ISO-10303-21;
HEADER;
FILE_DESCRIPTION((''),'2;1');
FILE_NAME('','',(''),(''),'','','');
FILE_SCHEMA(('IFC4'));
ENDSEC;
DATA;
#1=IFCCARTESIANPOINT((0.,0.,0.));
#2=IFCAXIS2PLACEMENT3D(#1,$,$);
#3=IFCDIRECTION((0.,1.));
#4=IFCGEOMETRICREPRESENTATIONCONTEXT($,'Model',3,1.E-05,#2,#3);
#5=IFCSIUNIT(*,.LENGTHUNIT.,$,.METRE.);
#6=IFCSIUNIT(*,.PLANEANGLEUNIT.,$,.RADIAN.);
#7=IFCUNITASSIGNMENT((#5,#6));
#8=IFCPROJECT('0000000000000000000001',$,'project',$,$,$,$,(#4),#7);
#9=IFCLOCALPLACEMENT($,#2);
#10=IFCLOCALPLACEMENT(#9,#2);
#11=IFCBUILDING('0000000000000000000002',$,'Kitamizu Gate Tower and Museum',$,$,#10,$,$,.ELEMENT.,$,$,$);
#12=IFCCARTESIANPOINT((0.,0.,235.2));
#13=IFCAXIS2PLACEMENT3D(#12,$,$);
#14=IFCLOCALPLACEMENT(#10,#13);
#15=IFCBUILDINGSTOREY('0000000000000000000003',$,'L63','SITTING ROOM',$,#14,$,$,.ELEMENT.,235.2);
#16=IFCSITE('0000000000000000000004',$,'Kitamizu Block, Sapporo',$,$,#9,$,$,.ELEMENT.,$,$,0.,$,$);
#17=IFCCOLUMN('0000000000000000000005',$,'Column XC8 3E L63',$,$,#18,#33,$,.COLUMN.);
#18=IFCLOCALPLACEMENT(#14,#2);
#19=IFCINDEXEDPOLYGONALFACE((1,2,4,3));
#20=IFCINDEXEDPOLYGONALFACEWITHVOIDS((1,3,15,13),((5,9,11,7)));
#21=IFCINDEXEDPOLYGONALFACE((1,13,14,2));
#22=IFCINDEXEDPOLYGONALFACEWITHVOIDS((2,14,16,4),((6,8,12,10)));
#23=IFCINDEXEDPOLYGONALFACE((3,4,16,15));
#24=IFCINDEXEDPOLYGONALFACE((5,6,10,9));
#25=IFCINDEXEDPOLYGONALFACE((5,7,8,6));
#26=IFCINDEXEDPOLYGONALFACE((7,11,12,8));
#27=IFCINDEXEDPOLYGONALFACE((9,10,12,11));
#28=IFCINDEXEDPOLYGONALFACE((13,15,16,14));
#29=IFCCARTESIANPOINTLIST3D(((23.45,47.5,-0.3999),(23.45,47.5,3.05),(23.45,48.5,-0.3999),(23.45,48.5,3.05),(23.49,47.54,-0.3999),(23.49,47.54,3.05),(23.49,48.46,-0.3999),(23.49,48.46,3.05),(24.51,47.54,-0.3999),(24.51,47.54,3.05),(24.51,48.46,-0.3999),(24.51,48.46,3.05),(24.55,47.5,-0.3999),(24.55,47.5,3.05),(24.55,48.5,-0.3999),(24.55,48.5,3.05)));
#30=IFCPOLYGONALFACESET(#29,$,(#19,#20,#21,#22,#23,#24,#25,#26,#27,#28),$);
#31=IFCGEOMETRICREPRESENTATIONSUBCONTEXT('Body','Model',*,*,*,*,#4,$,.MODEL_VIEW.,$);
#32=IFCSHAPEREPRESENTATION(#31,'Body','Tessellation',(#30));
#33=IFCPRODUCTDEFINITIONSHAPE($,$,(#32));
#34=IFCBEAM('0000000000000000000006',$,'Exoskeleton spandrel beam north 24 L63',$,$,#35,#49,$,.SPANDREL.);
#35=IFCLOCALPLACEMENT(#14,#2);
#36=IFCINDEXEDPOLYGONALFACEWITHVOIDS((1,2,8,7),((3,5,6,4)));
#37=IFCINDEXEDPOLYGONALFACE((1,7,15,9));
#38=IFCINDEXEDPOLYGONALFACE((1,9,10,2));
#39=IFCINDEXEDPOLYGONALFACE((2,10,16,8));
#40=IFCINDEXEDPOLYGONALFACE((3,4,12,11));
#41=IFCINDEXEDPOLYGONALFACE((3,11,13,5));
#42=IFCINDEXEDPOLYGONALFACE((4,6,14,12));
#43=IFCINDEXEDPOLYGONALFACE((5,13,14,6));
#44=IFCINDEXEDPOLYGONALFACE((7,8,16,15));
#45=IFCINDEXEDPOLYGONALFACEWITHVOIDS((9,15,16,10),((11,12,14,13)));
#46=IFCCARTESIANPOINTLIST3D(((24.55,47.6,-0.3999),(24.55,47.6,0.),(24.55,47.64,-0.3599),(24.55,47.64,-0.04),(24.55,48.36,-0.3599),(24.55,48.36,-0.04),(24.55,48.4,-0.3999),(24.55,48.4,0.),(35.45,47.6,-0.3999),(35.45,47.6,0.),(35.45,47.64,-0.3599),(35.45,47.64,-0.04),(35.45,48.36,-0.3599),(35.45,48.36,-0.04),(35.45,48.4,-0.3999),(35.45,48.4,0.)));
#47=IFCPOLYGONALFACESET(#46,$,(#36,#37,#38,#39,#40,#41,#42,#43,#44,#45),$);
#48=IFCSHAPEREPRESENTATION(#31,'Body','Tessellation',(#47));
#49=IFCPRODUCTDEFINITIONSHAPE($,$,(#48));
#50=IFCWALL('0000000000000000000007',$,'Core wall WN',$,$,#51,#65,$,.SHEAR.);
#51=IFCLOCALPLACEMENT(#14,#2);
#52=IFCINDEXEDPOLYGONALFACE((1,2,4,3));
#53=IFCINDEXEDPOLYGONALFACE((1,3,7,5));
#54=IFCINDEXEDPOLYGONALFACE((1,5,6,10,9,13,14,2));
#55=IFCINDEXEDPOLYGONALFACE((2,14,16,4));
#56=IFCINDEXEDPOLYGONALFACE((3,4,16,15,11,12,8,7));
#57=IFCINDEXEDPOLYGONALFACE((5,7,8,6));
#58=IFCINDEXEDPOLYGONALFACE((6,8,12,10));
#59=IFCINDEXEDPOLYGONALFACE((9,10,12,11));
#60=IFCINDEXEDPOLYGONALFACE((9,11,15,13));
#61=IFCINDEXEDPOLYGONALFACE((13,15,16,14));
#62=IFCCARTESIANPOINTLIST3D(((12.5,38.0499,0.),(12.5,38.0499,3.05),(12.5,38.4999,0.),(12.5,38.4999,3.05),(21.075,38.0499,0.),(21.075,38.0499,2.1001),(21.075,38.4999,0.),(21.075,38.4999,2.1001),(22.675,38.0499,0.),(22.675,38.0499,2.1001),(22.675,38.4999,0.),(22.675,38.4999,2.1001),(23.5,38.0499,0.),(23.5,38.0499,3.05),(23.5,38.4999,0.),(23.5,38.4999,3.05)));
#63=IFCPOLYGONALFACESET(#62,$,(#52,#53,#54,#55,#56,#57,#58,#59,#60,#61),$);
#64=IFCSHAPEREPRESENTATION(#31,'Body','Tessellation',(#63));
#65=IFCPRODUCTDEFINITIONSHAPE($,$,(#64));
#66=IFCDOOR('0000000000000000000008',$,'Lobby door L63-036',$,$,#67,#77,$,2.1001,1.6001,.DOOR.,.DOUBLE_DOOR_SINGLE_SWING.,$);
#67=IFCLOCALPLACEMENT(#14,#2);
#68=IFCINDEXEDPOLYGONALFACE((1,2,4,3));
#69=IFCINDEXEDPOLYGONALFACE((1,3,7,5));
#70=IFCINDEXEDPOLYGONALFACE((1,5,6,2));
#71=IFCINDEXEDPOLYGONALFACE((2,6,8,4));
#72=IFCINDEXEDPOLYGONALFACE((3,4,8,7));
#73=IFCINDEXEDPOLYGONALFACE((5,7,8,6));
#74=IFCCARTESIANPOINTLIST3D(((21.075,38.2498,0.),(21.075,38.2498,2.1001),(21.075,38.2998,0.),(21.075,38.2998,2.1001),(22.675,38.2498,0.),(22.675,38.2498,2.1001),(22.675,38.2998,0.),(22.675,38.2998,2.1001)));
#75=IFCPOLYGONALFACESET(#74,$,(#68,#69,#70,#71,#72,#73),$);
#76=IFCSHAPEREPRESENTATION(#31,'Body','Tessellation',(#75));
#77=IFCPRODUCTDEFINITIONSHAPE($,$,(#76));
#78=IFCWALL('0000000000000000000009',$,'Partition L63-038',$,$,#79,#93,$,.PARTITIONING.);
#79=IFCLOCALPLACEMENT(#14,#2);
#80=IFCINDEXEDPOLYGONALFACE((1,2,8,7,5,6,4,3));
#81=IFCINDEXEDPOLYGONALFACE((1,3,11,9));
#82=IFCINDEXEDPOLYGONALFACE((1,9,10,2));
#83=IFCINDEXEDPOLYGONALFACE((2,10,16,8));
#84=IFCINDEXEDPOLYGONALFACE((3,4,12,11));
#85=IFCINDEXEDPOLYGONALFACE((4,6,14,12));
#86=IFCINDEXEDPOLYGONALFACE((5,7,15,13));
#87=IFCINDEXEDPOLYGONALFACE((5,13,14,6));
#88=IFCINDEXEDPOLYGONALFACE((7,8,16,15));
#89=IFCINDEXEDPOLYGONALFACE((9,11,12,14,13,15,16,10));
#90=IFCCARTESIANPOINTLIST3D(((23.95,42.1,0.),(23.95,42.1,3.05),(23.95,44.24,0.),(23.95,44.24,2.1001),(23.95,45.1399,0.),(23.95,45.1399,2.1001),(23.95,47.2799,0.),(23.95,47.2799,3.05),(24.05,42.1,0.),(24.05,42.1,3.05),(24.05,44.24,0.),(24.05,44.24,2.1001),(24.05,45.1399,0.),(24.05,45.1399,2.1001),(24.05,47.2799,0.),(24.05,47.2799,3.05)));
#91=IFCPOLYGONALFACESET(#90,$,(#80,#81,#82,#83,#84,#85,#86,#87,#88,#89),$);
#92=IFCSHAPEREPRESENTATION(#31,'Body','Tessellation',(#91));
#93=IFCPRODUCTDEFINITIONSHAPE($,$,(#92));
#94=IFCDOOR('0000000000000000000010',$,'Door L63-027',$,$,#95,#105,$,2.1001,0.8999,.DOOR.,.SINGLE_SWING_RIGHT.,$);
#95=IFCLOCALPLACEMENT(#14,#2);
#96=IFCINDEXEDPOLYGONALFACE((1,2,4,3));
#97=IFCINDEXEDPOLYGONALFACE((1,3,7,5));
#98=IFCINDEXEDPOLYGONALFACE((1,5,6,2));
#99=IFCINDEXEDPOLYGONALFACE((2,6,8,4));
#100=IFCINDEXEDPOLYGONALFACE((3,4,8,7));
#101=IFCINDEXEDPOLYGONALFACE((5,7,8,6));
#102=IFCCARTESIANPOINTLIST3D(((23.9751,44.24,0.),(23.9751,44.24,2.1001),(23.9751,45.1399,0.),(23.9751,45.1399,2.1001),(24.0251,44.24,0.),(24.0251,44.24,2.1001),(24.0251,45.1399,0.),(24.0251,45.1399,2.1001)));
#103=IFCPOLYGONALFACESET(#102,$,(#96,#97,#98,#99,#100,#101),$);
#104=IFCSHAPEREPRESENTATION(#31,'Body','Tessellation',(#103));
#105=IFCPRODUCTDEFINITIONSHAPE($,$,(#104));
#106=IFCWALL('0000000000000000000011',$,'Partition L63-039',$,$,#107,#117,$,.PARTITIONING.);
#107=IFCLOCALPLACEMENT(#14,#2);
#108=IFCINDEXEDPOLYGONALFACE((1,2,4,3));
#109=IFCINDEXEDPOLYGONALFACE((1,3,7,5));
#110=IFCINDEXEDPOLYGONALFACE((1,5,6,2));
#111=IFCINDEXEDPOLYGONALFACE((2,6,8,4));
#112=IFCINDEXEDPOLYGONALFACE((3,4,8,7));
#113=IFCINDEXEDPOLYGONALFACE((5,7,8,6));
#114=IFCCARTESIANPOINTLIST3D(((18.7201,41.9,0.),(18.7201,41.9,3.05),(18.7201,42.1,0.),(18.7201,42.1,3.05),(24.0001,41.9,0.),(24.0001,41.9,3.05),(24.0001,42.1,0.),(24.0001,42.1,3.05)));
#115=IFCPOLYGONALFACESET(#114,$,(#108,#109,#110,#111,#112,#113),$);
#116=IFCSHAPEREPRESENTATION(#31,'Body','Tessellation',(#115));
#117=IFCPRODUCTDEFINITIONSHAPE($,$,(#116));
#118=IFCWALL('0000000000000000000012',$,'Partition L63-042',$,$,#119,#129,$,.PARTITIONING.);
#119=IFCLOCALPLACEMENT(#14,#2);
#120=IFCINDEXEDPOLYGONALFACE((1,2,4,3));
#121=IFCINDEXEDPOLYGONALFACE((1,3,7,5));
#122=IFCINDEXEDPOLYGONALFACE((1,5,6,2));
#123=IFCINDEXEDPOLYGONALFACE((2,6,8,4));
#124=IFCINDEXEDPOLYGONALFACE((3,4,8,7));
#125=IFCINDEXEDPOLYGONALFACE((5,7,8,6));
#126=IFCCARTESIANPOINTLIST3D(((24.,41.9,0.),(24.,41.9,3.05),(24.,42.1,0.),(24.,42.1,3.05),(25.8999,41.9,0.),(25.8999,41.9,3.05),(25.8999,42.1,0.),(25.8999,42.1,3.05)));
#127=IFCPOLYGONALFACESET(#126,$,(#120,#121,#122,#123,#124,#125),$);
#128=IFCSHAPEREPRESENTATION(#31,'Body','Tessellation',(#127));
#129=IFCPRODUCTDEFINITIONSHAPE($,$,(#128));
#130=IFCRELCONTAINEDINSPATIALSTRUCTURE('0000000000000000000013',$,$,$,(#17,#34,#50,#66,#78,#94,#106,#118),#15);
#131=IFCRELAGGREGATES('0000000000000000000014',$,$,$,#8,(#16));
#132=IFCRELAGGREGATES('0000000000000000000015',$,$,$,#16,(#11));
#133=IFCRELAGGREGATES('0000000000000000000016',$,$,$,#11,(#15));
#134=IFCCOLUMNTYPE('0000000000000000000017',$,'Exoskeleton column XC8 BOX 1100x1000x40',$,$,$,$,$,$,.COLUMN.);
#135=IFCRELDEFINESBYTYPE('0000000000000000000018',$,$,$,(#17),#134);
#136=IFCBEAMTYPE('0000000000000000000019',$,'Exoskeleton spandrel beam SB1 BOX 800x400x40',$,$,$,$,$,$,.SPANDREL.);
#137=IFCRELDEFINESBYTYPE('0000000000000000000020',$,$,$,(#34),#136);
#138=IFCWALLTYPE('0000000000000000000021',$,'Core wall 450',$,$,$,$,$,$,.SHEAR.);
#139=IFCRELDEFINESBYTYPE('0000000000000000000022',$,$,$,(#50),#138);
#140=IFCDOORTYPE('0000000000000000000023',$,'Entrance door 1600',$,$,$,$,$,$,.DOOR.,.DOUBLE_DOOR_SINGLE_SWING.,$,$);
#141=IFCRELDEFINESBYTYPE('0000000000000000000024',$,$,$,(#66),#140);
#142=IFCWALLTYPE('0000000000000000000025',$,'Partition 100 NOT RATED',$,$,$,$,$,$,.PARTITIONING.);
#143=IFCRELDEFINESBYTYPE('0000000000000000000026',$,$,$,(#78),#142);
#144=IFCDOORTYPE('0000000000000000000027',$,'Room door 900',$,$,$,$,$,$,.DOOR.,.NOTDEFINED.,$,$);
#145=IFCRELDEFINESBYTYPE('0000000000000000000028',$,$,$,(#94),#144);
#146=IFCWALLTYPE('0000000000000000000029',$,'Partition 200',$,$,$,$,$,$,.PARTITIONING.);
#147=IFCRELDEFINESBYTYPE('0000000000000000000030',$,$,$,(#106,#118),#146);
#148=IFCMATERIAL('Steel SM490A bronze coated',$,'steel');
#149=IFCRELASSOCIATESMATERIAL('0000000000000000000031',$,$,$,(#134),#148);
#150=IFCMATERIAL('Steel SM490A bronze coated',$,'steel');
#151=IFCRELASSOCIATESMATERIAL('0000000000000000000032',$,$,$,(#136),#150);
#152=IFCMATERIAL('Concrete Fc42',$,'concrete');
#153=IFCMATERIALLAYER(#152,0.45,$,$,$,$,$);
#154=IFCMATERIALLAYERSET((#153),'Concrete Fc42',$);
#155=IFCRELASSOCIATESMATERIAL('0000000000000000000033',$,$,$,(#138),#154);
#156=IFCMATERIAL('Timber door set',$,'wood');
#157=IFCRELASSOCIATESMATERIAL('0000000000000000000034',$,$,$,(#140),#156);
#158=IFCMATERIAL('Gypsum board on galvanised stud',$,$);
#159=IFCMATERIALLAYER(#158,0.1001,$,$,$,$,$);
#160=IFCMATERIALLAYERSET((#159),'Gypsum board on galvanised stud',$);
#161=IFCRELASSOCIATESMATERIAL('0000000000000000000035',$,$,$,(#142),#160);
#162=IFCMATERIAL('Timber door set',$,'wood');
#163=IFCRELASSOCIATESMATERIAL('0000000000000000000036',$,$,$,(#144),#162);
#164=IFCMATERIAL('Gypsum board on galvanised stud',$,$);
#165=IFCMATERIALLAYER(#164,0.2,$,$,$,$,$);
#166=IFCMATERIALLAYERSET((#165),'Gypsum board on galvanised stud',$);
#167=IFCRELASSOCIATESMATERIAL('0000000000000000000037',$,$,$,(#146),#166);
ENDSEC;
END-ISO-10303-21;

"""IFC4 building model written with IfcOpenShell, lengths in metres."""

from ifc_helpers import new_model, si_unit, direction, frame, frame_2d, origin, origin_2d, place, context, subcontext, project, spatial, rectangle, hollow_rectangle, extrude, material, layer, layer_set, material_profile, profile_set, type_object, element, fill, save


model = new_model("IFC4")

# Units and contexts
model_context = context("Model", 3, precision=1e-05, world=origin(), true_north=direction((0.0, 1.0)))
body_context = subcontext(model_context, "Body", "Model", "MODEL_VIEW")
ifc_project = project(units=[si_unit("LENGTHUNIT", "METRE"), si_unit("PLANEANGLEUNIT", "RADIAN")], contexts=[model_context])

# Site, building, storey
site_placement = place(None, origin())
site = spatial("IfcSite", under=ifc_project, at=site_placement, Name="Kitamizu Block, Sapporo", CompositionType="ELEMENT", RefElevation=0.0)
building_placement = place(site_placement, origin())
building = spatial("IfcBuilding", under=site, at=building_placement, Name="Kitamizu Gate Tower and Museum", CompositionType="ELEMENT")
storey_placement = place(building_placement, frame((0.0, 0.0, 235.2)))
storey = spatial("IfcBuildingStorey", under=building, at=storey_placement, Name="L63", Description="SITTING ROOM", CompositionType="ELEMENT", Elevation=235.2)

# Column
ifc_material_1 = material(Name="Steel SM490A bronze coated", Category="steel")
ifc_material_profile_1 = material_profile(ifc_material_1, hollow_rectangle(XDim=1.1001, YDim=1.0, WallThickness=0.04, at=origin_2d()), Name="BOX 1100x1000x40")
ifc_profile_set_1 = profile_set([ifc_material_profile_1], Name="Steel SM490A bronze coated")
column_type = type_object("IfcColumnType", Name="Exoskeleton column XC8 BOX 1100x1000x40", PredefinedType="COLUMN", material=ifc_profile_set_1)
column_placement = place(storey_placement, frame((24.0, 48.0, -0.3999), z_axis=(0.0, 0.0, 1.0), x_axis=(1.0, 0.0, 0.0)))
element("IfcColumn", 1, at=column_placement, inside=storey, type_object=column_type, Name="Column XC8 3E L63", PredefinedType="COLUMN", context=body_context, shape_type="SweptSolid", body=[
    extrude(hollow_rectangle(XDim=1.1001, YDim=1.0, WallThickness=0.04, at=origin_2d()), origin(), (0.0, 0.0, 1.0), 3.45),
])

# Beam
ifc_material_2 = material(Name="Steel SM490A bronze coated", Category="steel")
ifc_material_profile_2 = material_profile(ifc_material_2, hollow_rectangle(XDim=0.8, YDim=0.3999, WallThickness=0.04, at=origin_2d()), Name="BOX 800x400x40")
ifc_profile_set_2 = profile_set([ifc_material_profile_2], Name="Steel SM490A bronze coated")
beam_type = type_object("IfcBeamType", Name="Exoskeleton spandrel beam SB1 BOX 800x400x40", PredefinedType="SPANDREL", material=ifc_profile_set_2)
beam_placement = place(storey_placement, frame((24.55, 48.0, -0.2), z_axis=(1.0, 0.0, 0.0), x_axis=(0.0, 1.0, 0.0)))
element("IfcBeam", 2, at=beam_placement, inside=storey, type_object=beam_type, Name="Exoskeleton spandrel beam north 24 L63", PredefinedType="SPANDREL", context=body_context, shape_type="SweptSolid", body=[
    extrude(hollow_rectangle(XDim=0.8, YDim=0.3999, WallThickness=0.04, at=origin_2d()), origin(), (0.0, 0.0, 1.0), 10.8999),
])

# Walls, openings, doors
ifc_material_3 = material(Name="Concrete Fc42", Category="concrete")
ifc_layer_1 = layer(ifc_material_3, 0.45)
ifc_layer_set_1 = layer_set([ifc_layer_1], Name="Concrete Fc42")
wall_type_1 = type_object("IfcWallType", Name="Core wall 450", PredefinedType="SHEAR", material=ifc_layer_set_1)
wall_1_placement = place(storey_placement, frame((12.5, 38.2749, 0.0), z_axis=(0.0, 0.0, 1.0), x_axis=(1.0, 0.0, 0.0)))
wall_1 = element("IfcWall", 3, at=wall_1_placement, inside=storey, type_object=wall_type_1, Name="Core wall WN", PredefinedType="SHEAR", context=body_context, shape_type="SweptSolid", body=[
    extrude(rectangle(XDim=11.0, YDim=0.45, at=frame_2d((5.5, 0.0))), origin(), (0.0, 0.0, 1.0), 3.05),
])
opening_1_placement = place(wall_1_placement, frame((8.575, 0.0, 0.0)))
opening_1 = element("IfcOpeningElement", 4, at=opening_1_placement, cuts=wall_1, PredefinedType="OPENING", context=body_context, shape_type="SweptSolid", body=[
    extrude(rectangle(XDim=1.6001, YDim=2.1001, at=frame_2d((0.8, 1.05))), frame((0.0, 0.2349, 0.0), z_axis=(0.0, -1.0, 0.0), x_axis=(1.0, 0.0, 0.0)), (0.0, 0.0, 1.0), 0.47),
])
ifc_material_4 = material(Name="Timber door set", Category="wood")
door_type_1 = type_object("IfcDoorType", Name="Entrance door 1600", OperationType="DOUBLE_DOOR_SINGLE_SWING", PredefinedType="DOOR", material=ifc_material_4)
door_1_placement = place(opening_1_placement, origin())
door_1 = element("IfcDoor", 5, at=door_1_placement, inside=storey, type_object=door_type_1, Name="Lobby door L63-036", OperationType="DOUBLE_DOOR_SINGLE_SWING", OverallHeight=2.1001, OverallWidth=1.6001, PredefinedType="DOOR", context=body_context, shape_type="SweptSolid", body=[
    extrude(rectangle(XDim=1.6001, YDim=2.1001, at=frame_2d((0.8, 1.05))), frame((0.0, 0.0249, 0.0), z_axis=(0.0, -1.0, 0.0), x_axis=(1.0, 0.0, 0.0)), (0.0, 0.0, 1.0), 0.05),
])
fill(opening_1, door_1)
ifc_material_5 = material(Name="Gypsum board on galvanised stud")
ifc_layer_2 = layer(ifc_material_5, 0.1001)
ifc_layer_set_2 = layer_set([ifc_layer_2], Name="Gypsum board on galvanised stud")
wall_type_2 = type_object("IfcWallType", Name="Partition 100 NOT RATED", PredefinedType="PARTITIONING", material=ifc_layer_set_2)
wall_2_placement = place(storey_placement, frame((24.0, 42.1001, 0.0), z_axis=(0.0, 0.0, 1.0), x_axis=(0.0, 1.0, 0.0)))
wall_2 = element("IfcWall", 6, at=wall_2_placement, inside=storey, type_object=wall_type_2, Name="Partition L63-038", PredefinedType="PARTITIONING", context=body_context, shape_type="SweptSolid", body=[
    extrude(rectangle(XDim=5.1799, YDim=0.1001, at=frame_2d((2.5898, 0.0))), origin(), (0.0, 0.0, 1.0), 3.05),
])
opening_2_placement = place(wall_2_placement, frame((2.1399, 0.0, 0.0)))
opening_2 = element("IfcOpeningElement", 7, at=opening_2_placement, cuts=wall_2, PredefinedType="OPENING", context=body_context, shape_type="SweptSolid", body=[
    extrude(rectangle(XDim=0.8999, YDim=2.1001, at=frame_2d((0.45, 1.05))), frame((0.0, 0.0601, 0.0), z_axis=(0.0, -1.0, 0.0), x_axis=(1.0, 0.0, 0.0)), (0.0, 0.0, 1.0), 0.1201),
])
ifc_material_6 = material(Name="Timber door set", Category="wood")
door_type_2 = type_object("IfcDoorType", Name="Room door 900", OperationType="NOTDEFINED", PredefinedType="DOOR", material=ifc_material_6)
door_2_placement = place(opening_2_placement, origin())
door_2 = element("IfcDoor", 8, at=door_2_placement, inside=storey, type_object=door_type_2, Name="Door L63-027", OperationType="SINGLE_SWING_RIGHT", OverallHeight=2.1001, OverallWidth=0.8999, PredefinedType="DOOR", context=body_context, shape_type="SweptSolid", body=[
    extrude(rectangle(XDim=0.8999, YDim=2.1001, at=frame_2d((0.45, 1.05))), frame((0.0, 0.0249, 0.0), z_axis=(0.0, -1.0, 0.0), x_axis=(1.0, 0.0, 0.0)), (0.0, 0.0, 1.0), 0.05),
])
fill(opening_2, door_2)

# Walls
ifc_material_7 = material(Name="Gypsum board on galvanised stud")
ifc_layer_3 = layer(ifc_material_7, 0.2)
ifc_layer_set_3 = layer_set([ifc_layer_3], Name="Gypsum board on galvanised stud")
wall_type_3 = type_object("IfcWallType", Name="Partition 200", PredefinedType="PARTITIONING", material=ifc_layer_set_3)
wall_3_placement = place(storey_placement, frame((18.72, 42.0, 0.0), z_axis=(0.0, 0.0, 1.0), x_axis=(1.0, 0.0, 0.0)))
element("IfcWall", 9, at=wall_3_placement, inside=storey, type_object=wall_type_3, Name="Partition L63-039", PredefinedType="PARTITIONING", context=body_context, shape_type="SweptSolid", body=[
    extrude(rectangle(XDim=5.28, YDim=0.2, at=frame_2d((2.6401, 0.0))), origin(), (0.0, 0.0, 1.0), 3.05),
])
wall_4_placement = place(storey_placement, frame((24.0, 42.0, 0.0), z_axis=(0.0, 0.0, 1.0), x_axis=(1.0, 0.0, 0.0)))
element("IfcWall", 10, at=wall_4_placement, inside=storey, type_object=wall_type_3, Name="Partition L63-042", PredefinedType="PARTITIONING", context=body_context, shape_type="SweptSolid", body=[
    extrude(rectangle(XDim=1.8999, YDim=0.2, at=frame_2d((0.95, 0.0))), origin(), (0.0, 0.0, 1.0), 3.05),
])

save(model, "model.ifc")
